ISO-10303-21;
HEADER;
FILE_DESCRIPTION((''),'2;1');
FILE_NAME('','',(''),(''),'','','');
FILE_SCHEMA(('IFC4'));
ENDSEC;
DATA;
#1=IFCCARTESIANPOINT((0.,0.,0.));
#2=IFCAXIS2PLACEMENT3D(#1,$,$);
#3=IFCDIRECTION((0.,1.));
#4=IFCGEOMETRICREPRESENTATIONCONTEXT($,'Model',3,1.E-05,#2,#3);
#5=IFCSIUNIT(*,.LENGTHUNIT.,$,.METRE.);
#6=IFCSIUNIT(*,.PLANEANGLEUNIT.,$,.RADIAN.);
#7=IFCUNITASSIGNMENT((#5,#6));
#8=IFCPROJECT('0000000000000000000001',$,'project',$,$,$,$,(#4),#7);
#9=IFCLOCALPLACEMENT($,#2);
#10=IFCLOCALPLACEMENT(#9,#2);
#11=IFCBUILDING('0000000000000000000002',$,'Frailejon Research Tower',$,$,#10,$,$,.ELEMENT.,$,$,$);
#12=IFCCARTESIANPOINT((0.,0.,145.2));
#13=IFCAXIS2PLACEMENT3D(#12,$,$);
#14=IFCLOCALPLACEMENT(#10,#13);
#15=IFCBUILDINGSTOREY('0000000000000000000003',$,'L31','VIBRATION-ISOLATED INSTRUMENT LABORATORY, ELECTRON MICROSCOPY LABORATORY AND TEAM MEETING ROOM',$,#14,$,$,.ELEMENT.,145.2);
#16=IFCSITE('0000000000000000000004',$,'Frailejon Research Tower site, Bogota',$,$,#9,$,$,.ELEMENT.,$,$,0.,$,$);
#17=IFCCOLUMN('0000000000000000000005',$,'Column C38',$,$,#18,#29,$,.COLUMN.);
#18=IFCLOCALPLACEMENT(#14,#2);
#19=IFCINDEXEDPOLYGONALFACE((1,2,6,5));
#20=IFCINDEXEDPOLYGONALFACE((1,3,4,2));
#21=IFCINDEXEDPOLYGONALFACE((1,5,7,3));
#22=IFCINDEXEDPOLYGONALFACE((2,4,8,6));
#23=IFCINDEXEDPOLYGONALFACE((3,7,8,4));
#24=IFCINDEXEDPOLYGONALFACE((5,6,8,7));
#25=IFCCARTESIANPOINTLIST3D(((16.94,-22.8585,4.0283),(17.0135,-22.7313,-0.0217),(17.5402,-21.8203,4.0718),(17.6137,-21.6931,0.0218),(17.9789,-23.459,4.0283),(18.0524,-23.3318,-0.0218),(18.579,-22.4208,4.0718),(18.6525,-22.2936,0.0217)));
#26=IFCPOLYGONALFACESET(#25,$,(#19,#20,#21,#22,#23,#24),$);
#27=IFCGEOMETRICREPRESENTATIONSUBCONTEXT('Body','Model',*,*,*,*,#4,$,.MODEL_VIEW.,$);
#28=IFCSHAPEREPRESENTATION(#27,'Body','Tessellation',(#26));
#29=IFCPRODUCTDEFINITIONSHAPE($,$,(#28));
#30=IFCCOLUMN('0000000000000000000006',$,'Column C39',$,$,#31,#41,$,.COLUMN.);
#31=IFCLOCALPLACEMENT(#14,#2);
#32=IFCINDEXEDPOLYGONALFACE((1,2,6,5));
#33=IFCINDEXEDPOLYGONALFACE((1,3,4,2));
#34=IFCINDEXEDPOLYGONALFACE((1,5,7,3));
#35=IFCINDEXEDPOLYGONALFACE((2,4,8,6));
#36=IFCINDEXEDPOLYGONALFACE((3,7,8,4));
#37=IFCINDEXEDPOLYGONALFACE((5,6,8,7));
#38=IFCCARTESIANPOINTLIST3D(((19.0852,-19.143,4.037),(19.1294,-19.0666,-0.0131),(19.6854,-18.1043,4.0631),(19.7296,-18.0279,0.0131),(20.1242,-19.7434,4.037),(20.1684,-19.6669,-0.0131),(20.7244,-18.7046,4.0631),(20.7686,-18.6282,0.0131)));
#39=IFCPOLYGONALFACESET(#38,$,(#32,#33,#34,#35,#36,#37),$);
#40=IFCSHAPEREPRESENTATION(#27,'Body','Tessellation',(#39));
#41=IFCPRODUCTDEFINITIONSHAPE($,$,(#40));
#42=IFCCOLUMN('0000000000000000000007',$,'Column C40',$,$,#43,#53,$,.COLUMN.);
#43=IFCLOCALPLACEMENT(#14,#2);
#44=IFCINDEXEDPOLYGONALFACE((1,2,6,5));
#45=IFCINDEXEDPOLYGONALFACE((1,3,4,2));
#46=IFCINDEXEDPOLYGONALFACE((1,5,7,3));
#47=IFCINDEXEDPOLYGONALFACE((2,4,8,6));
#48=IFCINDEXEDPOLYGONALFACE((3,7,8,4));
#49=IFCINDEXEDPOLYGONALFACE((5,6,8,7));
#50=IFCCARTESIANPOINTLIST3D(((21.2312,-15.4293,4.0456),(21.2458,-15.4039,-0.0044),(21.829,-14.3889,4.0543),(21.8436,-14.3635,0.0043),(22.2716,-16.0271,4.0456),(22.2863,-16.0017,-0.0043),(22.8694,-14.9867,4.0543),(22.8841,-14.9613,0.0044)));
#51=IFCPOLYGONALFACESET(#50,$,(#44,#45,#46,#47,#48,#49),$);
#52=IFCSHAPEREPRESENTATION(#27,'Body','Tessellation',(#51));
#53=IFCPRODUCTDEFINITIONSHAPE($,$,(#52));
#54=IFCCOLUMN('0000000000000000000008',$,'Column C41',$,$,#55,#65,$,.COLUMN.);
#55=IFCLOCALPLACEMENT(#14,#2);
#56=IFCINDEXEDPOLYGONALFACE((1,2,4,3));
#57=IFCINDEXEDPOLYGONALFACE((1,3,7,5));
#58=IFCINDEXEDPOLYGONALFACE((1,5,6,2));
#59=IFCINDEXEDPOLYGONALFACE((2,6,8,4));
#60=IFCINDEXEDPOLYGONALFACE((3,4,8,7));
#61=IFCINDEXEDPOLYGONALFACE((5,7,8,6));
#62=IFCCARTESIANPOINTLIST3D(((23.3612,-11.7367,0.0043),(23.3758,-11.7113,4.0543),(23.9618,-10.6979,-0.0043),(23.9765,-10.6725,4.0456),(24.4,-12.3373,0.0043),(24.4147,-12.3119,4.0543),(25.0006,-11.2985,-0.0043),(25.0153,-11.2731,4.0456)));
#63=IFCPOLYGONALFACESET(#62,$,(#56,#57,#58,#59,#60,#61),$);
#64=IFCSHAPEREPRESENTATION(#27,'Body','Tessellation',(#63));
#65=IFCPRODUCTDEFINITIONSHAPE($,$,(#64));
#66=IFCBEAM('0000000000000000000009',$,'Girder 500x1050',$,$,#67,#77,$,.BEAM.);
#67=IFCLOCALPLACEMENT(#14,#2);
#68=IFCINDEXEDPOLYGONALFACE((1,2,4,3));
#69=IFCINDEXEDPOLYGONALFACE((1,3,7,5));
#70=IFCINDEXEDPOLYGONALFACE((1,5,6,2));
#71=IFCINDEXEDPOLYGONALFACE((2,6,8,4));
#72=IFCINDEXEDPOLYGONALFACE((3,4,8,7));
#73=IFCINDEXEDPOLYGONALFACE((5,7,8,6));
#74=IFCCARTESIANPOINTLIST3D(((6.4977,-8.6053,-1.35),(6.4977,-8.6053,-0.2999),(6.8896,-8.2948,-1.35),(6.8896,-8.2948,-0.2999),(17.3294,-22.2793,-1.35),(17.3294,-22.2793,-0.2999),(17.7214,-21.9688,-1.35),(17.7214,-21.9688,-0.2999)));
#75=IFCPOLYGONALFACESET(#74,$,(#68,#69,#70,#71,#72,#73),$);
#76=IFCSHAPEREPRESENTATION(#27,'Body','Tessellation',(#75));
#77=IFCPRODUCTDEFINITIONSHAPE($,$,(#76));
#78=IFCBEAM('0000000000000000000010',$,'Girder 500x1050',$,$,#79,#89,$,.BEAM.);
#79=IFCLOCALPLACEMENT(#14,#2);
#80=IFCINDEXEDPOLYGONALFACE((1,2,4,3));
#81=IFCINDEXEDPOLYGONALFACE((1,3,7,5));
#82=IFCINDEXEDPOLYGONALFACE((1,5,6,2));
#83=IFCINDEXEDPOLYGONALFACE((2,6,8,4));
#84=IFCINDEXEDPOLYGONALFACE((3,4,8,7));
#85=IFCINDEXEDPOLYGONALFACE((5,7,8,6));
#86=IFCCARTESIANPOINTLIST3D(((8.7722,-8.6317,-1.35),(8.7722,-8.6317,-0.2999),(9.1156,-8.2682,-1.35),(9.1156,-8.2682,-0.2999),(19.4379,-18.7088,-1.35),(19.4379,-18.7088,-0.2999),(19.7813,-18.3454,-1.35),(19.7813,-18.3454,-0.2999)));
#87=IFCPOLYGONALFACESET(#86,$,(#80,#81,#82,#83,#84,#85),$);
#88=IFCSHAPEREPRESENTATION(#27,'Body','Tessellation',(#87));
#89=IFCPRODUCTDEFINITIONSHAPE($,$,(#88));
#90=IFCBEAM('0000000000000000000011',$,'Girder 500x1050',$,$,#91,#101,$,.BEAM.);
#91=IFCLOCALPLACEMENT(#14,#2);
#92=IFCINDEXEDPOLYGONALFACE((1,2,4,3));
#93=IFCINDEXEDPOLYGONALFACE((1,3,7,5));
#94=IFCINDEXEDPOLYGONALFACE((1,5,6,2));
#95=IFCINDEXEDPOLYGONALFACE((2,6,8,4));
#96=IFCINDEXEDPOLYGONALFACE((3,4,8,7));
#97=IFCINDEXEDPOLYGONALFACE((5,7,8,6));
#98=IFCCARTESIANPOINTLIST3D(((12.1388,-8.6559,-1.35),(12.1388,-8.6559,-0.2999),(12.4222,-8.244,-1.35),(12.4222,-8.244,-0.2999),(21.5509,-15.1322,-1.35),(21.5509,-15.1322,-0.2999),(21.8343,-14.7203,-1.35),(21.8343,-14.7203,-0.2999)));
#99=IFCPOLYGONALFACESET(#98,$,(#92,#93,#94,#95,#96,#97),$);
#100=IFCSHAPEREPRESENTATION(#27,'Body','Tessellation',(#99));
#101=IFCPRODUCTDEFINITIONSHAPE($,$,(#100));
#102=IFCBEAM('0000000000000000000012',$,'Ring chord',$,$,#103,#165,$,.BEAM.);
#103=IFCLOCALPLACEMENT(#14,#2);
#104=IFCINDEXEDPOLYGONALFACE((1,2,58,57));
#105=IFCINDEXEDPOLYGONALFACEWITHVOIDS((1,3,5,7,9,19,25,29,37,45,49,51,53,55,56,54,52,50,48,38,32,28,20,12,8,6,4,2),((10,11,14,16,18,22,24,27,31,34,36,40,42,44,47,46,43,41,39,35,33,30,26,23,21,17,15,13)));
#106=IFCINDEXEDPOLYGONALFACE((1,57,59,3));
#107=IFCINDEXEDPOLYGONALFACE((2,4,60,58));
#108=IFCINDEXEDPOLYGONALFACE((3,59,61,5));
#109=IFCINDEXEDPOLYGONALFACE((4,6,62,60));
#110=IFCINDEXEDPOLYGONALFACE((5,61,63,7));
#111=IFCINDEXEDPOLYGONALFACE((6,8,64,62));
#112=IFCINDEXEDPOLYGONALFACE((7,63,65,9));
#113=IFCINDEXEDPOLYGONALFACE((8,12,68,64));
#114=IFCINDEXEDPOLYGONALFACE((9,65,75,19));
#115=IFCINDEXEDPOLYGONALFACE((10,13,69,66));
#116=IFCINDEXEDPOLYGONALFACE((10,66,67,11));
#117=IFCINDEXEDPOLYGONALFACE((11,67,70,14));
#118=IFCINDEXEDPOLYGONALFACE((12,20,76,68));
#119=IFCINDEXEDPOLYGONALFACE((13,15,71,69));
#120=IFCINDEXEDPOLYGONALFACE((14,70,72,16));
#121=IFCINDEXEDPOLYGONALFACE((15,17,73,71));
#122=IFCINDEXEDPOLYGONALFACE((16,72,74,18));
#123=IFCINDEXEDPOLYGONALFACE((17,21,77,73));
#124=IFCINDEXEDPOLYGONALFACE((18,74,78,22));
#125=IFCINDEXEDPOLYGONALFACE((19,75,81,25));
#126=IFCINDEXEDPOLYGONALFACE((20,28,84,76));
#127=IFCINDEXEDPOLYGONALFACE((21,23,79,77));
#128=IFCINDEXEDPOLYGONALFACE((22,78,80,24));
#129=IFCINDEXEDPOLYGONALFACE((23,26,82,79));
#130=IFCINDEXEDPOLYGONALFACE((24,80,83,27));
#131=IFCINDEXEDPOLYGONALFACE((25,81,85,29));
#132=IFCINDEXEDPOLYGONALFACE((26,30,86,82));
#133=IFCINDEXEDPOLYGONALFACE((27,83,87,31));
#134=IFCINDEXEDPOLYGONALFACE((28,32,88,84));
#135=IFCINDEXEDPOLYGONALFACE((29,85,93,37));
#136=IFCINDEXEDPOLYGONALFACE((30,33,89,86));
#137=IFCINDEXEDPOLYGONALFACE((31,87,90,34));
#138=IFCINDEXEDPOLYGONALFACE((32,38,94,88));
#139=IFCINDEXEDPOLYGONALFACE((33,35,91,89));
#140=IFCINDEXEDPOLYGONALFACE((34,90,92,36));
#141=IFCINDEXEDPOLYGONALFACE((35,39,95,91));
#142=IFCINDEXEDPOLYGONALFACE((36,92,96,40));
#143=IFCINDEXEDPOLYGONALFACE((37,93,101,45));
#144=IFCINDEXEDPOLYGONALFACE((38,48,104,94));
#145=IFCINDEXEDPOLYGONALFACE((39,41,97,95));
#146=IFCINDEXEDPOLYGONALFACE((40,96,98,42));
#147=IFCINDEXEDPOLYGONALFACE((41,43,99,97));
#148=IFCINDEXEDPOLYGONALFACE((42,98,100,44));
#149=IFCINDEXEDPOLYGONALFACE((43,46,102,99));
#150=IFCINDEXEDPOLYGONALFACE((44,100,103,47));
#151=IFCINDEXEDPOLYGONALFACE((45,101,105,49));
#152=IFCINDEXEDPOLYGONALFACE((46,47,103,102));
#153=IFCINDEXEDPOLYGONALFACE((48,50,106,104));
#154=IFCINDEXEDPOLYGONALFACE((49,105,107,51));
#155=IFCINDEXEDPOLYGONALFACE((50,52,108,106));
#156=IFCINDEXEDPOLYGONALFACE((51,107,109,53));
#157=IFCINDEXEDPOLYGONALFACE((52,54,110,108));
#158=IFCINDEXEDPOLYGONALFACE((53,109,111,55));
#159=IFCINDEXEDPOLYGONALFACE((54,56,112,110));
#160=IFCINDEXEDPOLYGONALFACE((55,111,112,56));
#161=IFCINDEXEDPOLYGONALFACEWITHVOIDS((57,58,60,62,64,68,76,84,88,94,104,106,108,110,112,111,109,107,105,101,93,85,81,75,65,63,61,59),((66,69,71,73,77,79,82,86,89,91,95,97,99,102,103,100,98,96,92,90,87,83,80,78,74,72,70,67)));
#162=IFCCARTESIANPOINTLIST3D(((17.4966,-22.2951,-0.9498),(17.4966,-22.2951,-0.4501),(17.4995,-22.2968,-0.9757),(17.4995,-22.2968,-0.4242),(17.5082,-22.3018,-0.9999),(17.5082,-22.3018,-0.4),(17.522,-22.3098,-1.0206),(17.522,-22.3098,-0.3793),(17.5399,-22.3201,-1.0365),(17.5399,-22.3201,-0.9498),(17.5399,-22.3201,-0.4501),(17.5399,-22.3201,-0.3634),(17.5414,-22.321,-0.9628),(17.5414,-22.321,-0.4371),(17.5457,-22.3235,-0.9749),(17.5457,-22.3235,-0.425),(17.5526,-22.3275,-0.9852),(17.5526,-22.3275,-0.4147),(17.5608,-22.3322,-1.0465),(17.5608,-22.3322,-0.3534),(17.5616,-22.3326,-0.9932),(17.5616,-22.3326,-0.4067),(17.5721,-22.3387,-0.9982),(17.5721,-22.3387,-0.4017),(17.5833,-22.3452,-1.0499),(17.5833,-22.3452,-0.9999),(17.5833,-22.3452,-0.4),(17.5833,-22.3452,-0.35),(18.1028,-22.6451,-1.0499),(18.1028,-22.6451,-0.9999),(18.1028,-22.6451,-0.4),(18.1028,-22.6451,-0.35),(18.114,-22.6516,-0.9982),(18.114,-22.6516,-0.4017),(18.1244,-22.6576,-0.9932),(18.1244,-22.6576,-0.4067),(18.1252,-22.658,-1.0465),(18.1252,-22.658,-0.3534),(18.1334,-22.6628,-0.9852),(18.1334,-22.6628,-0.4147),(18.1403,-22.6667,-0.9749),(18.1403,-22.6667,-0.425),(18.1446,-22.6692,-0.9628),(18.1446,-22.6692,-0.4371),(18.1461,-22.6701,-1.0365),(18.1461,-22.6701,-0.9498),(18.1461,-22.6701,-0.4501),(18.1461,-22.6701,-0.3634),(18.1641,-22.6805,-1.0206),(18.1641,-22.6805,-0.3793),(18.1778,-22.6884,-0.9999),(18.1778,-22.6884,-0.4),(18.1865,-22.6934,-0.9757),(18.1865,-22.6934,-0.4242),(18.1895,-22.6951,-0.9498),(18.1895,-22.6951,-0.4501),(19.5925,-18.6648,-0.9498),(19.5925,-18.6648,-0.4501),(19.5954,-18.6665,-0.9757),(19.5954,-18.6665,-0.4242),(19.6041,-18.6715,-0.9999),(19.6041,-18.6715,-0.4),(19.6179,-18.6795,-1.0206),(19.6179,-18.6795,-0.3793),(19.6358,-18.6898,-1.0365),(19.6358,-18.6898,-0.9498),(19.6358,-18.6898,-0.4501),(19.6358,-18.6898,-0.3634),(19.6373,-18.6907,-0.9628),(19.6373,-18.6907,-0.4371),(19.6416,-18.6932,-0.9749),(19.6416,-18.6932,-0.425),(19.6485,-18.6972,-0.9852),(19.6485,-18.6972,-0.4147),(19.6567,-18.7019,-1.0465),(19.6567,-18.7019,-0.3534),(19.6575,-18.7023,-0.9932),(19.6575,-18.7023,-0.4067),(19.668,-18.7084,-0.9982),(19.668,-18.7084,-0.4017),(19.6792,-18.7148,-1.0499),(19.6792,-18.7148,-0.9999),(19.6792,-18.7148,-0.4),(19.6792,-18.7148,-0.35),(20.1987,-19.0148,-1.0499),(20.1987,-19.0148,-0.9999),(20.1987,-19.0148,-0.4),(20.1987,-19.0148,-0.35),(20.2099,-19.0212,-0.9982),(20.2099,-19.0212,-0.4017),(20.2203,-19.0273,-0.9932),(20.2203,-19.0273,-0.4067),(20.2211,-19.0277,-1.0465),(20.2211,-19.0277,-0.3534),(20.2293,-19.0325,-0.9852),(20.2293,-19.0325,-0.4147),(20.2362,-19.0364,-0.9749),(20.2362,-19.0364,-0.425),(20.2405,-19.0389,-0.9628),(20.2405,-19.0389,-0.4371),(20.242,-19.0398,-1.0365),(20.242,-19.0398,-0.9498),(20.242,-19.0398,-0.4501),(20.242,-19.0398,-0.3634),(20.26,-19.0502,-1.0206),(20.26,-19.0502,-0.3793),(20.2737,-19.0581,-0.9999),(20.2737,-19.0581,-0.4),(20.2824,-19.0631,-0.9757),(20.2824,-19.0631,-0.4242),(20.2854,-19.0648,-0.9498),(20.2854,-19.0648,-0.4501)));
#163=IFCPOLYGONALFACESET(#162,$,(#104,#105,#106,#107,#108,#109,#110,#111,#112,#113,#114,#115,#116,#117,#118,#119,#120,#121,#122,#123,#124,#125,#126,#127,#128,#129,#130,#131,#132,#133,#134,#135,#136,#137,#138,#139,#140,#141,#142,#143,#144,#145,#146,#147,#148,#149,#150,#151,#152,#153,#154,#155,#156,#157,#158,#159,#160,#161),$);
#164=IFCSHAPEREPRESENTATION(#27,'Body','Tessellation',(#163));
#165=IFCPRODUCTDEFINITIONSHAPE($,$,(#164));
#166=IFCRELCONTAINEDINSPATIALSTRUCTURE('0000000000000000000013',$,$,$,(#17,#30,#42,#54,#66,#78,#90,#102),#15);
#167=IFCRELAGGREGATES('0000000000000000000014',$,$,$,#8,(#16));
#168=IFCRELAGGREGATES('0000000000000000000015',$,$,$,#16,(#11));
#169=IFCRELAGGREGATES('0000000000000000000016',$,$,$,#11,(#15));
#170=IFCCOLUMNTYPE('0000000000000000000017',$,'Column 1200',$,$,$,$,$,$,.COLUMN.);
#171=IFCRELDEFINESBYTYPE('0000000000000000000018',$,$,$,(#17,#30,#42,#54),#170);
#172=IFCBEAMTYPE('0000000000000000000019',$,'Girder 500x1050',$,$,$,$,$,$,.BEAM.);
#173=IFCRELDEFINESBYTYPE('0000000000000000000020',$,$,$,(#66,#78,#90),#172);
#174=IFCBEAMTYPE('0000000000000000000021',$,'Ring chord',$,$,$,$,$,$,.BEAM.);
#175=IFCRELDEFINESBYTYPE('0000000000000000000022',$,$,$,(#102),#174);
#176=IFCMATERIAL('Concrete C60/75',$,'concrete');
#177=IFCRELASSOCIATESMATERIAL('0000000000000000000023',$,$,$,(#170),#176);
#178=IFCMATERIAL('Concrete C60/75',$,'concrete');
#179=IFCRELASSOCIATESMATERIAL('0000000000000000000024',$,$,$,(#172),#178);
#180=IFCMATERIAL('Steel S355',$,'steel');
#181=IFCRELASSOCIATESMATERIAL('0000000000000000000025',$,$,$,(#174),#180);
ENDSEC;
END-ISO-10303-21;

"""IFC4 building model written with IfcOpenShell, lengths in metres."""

from ifc_helpers import new_model, si_unit, direction, frame, origin, origin_2d, place, context, subcontext, project, spatial, rectangle, hollow_rectangle, extrude, material, material_profile, profile_set, type_object, element, save


model = new_model("IFC4")

# Units and contexts
model_context = context("Model", 3, precision=1e-05, world=origin(), true_north=direction((0.0, 1.0)))
body_context = subcontext(model_context, "Body", "Model", "MODEL_VIEW")
ifc_project = project(units=[si_unit("LENGTHUNIT", "METRE"), si_unit("PLANEANGLEUNIT", "RADIAN")], contexts=[model_context])

# Site, building, storey
site_placement = place(None, origin())
site = spatial("IfcSite", under=ifc_project, at=site_placement, Name="Frailejon Research Tower site, Bogota", CompositionType="ELEMENT", RefElevation=0.0)
building_placement = place(site_placement, origin())
building = spatial("IfcBuilding", under=site, at=building_placement, Name="Frailejon Research Tower", CompositionType="ELEMENT")
storey_placement = place(building_placement, frame((0.0, 0.0, 145.2)))
storey = spatial("IfcBuildingStorey", under=building, at=storey_placement, Name="L31", Description="VIBRATION-ISOLATED INSTRUMENT LABORATORY, ELECTRON MICROSCOPY LABORATORY AND TEAM MEETING ROOM", CompositionType="ELEMENT", Elevation=145.2)

# Columns
ifc_material_1 = material(Name="Concrete C60/75", Category="concrete")
ifc_material_profile_1 = material_profile(ifc_material_1, rectangle(XDim=1.2, YDim=1.2, at=origin_2d()), Name="Column 1200")
ifc_profile_set_1 = profile_set([ifc_material_profile_1], Name="Concrete C60/75")
column_type = type_object("IfcColumnType", Name="Column 1200", PredefinedType="COLUMN", material=ifc_profile_set_1)
column_1_placement = place(storey_placement, frame((17.833, -22.5125, 0.0), z_axis=(-0.018133, -0.031386, 0.999343), x_axis=(0.500145, 0.865183, 0.036247)))
element("IfcColumn", 1, at=column_1_placement, inside=storey, type_object=column_type, Name="Column C38", PredefinedType="COLUMN", context=body_context, shape_type="SweptSolid", body=[
    extrude(rectangle(XDim=1.2, YDim=1.2, at=origin_2d()), origin(), (0.0, 0.0, 1.0), 4.0527),
])
column_2_placement = place(storey_placement, frame((19.949, -18.8474, 0.0), z_axis=(-0.010908, -0.018863, 0.999763), x_axis=(0.500187, 0.865643, 0.02179)))
element("IfcColumn", 2, at=column_2_placement, inside=storey, type_object=column_type, Name="Column C39", PredefinedType="COLUMN", context=body_context, shape_type="SweptSolid", body=[
    extrude(rectangle(XDim=1.2, YDim=1.2, at=origin_2d()), origin(), (0.0, 0.0, 1.0), 4.051),
])
for number, where, z_axis, x_axis, name in (
    (3, (22.0649, -15.1826, 0.0), (-0.003617, -0.006269, 0.999974), (0.498177, 0.867045, 0.007238), "Column C40"),
    (4, (24.1809, -11.5176, 0.0), (0.003617, 0.006269, 0.999974), (0.50053, 0.865689, -0.007238), "Column C41"),
):
    element("IfcColumn", number, at=place(storey_placement, frame(where, z_axis=z_axis, x_axis=x_axis)), inside=storey, type_object=column_type, Name=name, PredefinedType="COLUMN", context=body_context, shape_type="SweptSolid", body=[
        extrude(rectangle(XDim=1.2, YDim=1.2, at=origin_2d()), origin(), (0.0, 0.0, 1.0), 4.05),
    ])

# Beams
ifc_material_2 = material(Name="Concrete C60/75", Category="concrete")
ifc_material_profile_2 = material_profile(ifc_material_2, rectangle(XDim=0.5, YDim=1.05, at=origin_2d()), Name="Girder 500x1050")
ifc_profile_set_2 = profile_set([ifc_material_profile_2], Name="Concrete C60/75")
beam_type_1 = type_object("IfcBeamType", Name="Girder 500x1050", PredefinedType="BEAM", material=ifc_profile_set_2)
beam_1_placement = place(storey_placement, frame((17.5254, -22.124, -0.825), z_axis=(-0.620931, 0.783865, 0.0), x_axis=(-0.783865, -0.620931, 0.0)))
element("IfcBeam", 5, at=beam_1_placement, inside=storey, type_object=beam_type_1, Name="Girder 500x1050", PredefinedType="BEAM", context=body_context, shape_type="SweptSolid", body=[
    extrude(rectangle(XDim=0.5, YDim=1.05, at=origin_2d()), origin(), (0.0, 0.0, 1.0), 17.4443),
])
beam_2_placement = place(storey_placement, frame((19.6096, -18.5271, -0.825), z_axis=(-0.72688, 0.686765, 0.0), x_axis=(-0.686765, -0.72688, 0.0)))
element("IfcBeam", 6, at=beam_2_placement, inside=storey, type_object=beam_type_1, Name="Girder 500x1050", PredefinedType="BEAM", context=body_context, shape_type="SweptSolid", body=[
    extrude(rectangle(XDim=0.5, YDim=1.05, at=origin_2d()), origin(), (0.0, 0.0, 1.0), 14.6733),
])
beam_3_placement = place(storey_placement, frame((21.6926, -14.9263, -0.825), z_axis=(-0.823817, 0.566855, 0.0), x_axis=(-0.566855, -0.823817, 0.0)))
element("IfcBeam", 7, at=beam_3_placement, inside=storey, type_object=beam_type_1, Name="Girder 500x1050", PredefinedType="BEAM", context=body_context, shape_type="SweptSolid", body=[
    extrude(rectangle(XDim=0.5, YDim=1.05, at=origin_2d()), origin(), (0.0, 0.0, 1.0), 11.425),
])
ifc_material_3 = material(Name="Steel S355", Category="steel")
ifc_material_profile_3 = material_profile(ifc_material_3, hollow_rectangle(XDim=0.8, YDim=0.7, WallThickness=0.05, InnerFilletRadius=0.05, OuterFilletRadius=0.1001, at=origin_2d()), Name="Ring chord")
ifc_profile_set_3 = profile_set([ifc_material_profile_3], Name="Steel S355")
beam_type_2 = type_object("IfcBeamType", Name="Ring chord", PredefinedType="BEAM", material=ifc_profile_set_3)
for number, where, z_axis, x_axis, name in (
    (8, (17.843, -22.4951, -0.7), (0.499991, 0.86603, 0.0), (-0.86603, 0.499991, 0.0), "Ring chord"),
):
    element("IfcBeam", number, at=place(storey_placement, frame(where, z_axis=z_axis, x_axis=x_axis)), inside=storey, type_object=beam_type_2, Name=name, PredefinedType="BEAM", context=body_context, shape_type="SweptSolid", body=[
        extrude(hollow_rectangle(XDim=0.8, YDim=0.7, WallThickness=0.05, InnerFilletRadius=0.05, OuterFilletRadius=0.1001, at=origin_2d()), origin(), (0.0, 0.0, 1.0), 4.1919),
    ])

save(model, "model.ifc")
